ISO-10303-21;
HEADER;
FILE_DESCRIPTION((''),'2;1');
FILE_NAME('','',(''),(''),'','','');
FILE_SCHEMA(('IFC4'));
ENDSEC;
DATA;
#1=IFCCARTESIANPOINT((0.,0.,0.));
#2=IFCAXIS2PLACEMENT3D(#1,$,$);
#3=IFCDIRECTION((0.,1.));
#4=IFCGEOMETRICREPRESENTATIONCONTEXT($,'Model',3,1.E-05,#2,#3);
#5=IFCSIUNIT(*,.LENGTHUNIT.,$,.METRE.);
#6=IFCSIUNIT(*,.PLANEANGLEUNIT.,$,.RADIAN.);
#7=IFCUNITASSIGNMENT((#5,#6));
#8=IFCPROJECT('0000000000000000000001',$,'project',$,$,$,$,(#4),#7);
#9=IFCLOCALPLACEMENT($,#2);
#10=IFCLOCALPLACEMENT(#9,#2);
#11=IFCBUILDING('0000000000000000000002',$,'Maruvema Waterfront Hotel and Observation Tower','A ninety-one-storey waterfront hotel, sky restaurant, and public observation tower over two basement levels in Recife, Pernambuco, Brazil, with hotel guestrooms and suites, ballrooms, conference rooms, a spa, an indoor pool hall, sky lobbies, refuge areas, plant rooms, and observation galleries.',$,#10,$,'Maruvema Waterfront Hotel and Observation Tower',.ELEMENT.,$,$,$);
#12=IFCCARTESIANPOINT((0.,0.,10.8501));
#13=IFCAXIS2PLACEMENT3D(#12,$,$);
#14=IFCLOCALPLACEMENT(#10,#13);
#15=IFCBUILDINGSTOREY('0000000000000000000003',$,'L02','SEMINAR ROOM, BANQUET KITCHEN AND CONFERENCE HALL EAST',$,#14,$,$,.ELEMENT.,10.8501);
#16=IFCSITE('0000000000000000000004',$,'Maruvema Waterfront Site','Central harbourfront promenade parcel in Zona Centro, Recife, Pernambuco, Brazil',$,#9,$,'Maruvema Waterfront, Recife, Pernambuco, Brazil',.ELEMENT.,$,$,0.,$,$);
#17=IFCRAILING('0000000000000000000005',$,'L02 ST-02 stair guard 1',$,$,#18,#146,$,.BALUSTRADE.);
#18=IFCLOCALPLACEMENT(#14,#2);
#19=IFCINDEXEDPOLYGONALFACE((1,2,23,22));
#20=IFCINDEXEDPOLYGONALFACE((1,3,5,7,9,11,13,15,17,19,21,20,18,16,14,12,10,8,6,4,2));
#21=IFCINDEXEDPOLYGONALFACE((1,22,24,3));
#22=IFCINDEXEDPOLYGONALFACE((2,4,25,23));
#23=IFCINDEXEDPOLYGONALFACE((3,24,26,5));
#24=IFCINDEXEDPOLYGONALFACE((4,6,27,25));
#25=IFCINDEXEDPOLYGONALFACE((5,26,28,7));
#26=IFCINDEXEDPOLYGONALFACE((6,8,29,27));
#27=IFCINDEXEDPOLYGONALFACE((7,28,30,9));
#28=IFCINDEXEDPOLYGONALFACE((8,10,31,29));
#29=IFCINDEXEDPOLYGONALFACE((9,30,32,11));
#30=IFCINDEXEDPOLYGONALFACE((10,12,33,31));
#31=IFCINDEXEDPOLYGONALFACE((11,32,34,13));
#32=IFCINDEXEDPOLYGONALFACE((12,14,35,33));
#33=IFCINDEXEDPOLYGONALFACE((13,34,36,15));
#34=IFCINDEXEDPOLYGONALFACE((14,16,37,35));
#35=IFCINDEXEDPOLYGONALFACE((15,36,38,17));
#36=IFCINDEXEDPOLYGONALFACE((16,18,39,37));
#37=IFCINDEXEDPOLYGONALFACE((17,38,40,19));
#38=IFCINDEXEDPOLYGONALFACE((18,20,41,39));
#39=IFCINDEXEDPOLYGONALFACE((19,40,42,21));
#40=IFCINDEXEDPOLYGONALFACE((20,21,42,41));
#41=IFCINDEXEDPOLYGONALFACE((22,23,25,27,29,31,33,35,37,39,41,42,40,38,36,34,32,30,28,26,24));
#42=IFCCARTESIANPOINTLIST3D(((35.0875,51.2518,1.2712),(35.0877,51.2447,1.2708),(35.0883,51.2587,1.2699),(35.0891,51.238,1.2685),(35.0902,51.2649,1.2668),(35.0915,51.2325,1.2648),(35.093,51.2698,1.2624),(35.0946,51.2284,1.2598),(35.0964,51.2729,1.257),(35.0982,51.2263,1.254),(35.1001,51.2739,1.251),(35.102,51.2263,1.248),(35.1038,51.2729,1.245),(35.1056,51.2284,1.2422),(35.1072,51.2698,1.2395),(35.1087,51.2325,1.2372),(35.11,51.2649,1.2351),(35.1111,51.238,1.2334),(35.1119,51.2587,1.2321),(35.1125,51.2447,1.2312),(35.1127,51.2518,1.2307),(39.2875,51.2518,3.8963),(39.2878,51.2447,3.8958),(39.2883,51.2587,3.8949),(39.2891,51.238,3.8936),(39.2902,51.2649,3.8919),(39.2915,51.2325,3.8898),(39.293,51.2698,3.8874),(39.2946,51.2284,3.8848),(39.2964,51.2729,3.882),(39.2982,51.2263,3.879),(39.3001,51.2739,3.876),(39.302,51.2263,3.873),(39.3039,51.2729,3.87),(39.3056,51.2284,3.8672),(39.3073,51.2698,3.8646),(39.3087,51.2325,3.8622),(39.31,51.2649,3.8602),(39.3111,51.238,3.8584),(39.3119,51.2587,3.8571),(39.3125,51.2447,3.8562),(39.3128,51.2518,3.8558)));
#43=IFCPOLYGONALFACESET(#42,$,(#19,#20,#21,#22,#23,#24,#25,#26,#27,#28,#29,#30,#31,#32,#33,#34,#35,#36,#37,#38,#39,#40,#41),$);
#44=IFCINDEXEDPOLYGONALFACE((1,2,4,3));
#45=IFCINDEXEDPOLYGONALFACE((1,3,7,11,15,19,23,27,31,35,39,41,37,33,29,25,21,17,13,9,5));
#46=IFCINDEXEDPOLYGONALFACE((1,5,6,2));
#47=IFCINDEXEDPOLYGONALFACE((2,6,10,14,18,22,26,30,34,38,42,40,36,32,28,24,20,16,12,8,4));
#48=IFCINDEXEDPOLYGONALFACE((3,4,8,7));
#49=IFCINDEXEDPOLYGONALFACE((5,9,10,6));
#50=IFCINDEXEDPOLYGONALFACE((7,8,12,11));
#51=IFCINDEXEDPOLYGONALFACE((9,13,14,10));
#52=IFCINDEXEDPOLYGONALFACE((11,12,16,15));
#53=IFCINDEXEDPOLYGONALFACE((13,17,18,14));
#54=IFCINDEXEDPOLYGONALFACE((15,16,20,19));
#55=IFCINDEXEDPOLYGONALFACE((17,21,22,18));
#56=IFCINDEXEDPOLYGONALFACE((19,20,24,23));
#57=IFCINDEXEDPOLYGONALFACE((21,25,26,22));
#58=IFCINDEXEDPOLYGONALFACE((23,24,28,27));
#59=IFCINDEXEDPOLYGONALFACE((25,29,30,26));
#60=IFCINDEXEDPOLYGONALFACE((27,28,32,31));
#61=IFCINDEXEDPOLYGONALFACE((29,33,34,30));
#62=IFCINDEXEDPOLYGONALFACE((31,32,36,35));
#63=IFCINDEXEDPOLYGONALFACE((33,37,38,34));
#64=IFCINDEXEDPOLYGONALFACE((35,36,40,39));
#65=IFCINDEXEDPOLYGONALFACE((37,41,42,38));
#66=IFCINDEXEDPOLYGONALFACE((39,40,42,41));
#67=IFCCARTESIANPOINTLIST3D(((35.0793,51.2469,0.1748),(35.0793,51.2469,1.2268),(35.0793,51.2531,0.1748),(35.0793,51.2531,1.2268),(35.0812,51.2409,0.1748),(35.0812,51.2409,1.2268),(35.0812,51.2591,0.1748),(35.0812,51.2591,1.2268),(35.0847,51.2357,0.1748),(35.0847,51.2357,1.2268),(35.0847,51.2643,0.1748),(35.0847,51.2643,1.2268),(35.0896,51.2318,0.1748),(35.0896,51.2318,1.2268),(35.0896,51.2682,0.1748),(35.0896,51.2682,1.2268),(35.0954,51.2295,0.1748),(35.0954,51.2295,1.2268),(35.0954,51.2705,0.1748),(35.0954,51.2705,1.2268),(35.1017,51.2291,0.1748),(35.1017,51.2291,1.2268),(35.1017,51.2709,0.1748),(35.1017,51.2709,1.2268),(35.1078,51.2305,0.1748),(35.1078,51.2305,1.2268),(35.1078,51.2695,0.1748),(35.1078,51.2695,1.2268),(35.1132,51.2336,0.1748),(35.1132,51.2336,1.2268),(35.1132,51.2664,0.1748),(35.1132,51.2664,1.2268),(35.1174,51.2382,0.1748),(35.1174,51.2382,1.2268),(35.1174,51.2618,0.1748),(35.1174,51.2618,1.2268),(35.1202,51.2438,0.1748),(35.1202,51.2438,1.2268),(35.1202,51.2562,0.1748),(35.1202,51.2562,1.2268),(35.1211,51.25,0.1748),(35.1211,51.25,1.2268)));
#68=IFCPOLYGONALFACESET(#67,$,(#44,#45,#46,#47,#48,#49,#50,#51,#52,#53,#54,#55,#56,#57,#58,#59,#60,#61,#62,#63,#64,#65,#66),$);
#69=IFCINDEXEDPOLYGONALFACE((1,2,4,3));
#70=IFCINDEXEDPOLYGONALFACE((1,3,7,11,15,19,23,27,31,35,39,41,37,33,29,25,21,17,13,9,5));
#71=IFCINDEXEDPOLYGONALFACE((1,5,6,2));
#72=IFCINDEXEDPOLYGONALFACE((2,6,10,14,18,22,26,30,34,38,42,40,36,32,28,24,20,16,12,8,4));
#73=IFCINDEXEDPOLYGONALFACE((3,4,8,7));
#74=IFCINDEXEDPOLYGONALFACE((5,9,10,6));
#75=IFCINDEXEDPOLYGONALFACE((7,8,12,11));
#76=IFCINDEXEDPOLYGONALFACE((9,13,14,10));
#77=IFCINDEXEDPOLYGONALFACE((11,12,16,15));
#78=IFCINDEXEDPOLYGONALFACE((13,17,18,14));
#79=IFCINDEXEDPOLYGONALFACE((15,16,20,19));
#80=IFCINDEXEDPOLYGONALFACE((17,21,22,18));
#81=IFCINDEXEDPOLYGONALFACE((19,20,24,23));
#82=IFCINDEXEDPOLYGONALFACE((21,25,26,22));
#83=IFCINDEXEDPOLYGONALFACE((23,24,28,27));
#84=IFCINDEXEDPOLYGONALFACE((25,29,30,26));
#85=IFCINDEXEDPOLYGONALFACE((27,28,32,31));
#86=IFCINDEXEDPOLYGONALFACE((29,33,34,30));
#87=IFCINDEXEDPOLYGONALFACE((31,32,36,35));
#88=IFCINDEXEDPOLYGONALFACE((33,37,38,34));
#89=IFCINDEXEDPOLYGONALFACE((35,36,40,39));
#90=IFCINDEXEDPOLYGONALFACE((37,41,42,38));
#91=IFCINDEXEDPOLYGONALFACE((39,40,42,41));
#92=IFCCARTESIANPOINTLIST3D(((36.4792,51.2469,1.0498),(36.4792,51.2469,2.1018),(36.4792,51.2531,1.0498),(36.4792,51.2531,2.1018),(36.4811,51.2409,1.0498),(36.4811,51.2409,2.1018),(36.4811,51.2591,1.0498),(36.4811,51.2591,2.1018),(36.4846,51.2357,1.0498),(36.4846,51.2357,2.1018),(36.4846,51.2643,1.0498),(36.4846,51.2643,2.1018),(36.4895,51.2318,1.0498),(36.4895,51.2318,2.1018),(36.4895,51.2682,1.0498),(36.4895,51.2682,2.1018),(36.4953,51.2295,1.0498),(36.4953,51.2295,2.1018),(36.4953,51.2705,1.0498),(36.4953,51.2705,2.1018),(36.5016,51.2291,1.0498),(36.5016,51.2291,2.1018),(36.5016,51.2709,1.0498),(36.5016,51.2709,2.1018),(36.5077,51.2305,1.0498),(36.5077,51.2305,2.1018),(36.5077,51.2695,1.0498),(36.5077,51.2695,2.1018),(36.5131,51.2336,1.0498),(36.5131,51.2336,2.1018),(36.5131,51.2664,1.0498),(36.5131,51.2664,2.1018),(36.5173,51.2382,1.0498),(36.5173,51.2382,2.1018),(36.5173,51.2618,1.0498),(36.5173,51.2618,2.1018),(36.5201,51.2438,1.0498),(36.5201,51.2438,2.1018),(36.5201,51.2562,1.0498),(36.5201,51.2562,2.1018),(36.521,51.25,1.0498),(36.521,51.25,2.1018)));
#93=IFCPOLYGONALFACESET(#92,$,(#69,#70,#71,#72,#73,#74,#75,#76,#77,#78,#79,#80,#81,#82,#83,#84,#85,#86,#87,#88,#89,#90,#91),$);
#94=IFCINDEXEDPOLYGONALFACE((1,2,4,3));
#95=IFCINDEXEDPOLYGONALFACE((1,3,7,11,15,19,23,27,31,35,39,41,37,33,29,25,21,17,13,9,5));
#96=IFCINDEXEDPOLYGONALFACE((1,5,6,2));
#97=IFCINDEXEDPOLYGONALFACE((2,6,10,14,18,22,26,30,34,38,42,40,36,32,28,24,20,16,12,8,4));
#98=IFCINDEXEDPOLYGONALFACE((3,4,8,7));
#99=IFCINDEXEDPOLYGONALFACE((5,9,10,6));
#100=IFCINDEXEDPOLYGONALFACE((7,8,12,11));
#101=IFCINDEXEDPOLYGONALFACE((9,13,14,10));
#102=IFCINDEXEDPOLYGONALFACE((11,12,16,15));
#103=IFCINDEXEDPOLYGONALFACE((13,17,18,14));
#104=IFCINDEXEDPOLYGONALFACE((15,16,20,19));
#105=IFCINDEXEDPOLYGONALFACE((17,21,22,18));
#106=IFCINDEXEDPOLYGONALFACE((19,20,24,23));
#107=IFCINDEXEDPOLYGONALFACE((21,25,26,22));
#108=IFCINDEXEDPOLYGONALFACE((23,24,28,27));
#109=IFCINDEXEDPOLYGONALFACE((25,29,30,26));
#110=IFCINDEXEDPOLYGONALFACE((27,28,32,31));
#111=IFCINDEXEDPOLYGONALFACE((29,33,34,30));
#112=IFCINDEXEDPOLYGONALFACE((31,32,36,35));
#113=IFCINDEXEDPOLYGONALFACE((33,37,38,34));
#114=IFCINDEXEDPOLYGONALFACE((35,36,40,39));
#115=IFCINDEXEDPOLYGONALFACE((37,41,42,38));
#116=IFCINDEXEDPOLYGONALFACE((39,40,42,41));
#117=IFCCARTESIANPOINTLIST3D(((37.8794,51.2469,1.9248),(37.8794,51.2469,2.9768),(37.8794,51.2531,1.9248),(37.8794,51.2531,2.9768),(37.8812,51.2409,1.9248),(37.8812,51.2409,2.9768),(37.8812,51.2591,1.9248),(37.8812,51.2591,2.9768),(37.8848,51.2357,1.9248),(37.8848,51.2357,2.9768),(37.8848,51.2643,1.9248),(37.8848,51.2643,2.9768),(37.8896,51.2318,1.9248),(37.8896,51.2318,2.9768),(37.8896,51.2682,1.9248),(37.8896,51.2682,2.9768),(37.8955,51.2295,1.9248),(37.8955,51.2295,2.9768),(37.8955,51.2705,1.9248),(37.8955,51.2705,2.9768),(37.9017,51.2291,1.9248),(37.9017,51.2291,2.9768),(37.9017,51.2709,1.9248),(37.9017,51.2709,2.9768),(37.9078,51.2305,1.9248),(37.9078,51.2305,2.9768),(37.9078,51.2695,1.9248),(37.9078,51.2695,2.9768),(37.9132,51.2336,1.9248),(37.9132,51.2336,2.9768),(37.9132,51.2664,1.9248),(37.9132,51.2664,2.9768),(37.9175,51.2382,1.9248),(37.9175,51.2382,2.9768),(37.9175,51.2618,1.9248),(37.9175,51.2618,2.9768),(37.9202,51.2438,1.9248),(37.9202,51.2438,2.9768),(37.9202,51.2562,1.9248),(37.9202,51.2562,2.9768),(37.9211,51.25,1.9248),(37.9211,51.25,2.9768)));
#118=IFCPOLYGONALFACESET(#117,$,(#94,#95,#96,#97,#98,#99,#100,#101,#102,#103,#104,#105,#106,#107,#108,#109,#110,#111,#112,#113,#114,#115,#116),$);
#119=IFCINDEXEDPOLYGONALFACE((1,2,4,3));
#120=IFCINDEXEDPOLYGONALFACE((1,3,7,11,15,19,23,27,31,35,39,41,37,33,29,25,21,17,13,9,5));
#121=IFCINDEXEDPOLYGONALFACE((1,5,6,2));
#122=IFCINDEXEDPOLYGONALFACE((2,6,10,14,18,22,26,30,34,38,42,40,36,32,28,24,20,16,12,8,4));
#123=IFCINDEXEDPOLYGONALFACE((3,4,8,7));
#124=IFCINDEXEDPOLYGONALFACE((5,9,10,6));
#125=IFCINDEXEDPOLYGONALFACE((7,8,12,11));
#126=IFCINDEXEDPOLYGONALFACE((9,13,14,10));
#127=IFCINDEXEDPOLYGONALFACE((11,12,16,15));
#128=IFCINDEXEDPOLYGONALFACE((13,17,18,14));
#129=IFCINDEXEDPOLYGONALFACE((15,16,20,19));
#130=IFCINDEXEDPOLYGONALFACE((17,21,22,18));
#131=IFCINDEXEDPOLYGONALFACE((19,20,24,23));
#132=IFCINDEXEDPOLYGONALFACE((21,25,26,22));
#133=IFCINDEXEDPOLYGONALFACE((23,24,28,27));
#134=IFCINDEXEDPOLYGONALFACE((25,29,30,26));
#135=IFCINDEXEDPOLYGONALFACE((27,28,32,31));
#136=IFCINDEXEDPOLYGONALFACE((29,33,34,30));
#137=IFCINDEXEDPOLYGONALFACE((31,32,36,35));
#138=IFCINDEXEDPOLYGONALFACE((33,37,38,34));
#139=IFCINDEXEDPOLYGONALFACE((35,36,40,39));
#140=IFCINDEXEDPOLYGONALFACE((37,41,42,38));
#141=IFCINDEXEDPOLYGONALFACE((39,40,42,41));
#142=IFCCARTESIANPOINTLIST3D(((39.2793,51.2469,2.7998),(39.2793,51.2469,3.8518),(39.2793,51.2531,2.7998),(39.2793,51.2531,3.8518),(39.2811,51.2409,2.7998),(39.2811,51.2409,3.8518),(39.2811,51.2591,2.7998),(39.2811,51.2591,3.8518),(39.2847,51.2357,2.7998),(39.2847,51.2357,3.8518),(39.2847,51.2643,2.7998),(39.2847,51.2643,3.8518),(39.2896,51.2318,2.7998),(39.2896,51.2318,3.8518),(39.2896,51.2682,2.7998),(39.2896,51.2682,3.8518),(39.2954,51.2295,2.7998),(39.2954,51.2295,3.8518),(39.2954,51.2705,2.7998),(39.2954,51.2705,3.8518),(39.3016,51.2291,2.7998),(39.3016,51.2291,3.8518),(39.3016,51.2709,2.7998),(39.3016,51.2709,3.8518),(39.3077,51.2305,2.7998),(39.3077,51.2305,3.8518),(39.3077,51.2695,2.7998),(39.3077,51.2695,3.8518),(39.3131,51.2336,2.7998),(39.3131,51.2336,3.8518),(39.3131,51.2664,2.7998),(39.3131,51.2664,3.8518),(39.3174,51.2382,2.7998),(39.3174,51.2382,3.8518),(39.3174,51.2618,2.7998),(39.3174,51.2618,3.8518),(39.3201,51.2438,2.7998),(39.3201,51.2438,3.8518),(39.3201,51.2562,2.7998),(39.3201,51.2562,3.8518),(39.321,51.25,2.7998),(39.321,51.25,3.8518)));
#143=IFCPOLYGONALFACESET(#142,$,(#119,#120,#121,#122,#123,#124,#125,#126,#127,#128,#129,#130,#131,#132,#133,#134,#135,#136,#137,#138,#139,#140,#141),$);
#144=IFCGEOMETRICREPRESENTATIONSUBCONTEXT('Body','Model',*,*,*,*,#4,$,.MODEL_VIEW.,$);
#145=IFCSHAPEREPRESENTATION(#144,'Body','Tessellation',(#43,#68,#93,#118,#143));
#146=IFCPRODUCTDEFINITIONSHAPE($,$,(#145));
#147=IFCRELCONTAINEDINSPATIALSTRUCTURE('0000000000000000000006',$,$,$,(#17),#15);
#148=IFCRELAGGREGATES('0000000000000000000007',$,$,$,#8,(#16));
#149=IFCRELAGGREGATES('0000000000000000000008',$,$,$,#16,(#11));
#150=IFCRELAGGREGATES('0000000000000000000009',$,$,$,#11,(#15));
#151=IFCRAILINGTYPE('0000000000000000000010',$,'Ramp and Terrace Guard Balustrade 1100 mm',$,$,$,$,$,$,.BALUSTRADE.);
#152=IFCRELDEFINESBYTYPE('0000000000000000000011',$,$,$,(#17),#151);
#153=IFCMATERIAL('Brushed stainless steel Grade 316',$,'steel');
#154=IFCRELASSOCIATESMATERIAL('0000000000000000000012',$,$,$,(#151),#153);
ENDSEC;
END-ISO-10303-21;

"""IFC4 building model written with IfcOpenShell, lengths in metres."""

from ifc_helpers import new_model, si_unit, direction, frame, origin, origin_2d, place, context, subcontext, project, spatial, circle, extrude, material, type_object, element, save


model = new_model("IFC4")

# Units and contexts
model_context = context("Model", 3, precision=1e-05, world=origin(), true_north=direction((0.0, 1.0)))
body_context = subcontext(model_context, "Body", "Model", "MODEL_VIEW")
ifc_project = project(units=[si_unit("LENGTHUNIT", "METRE"), si_unit("PLANEANGLEUNIT", "RADIAN")], contexts=[model_context])

# Site, building, storey
site_placement = place(None, origin())
site = spatial("IfcSite", under=ifc_project, at=site_placement, Name="Maruvema Waterfront Site", Description="Central harbourfront promenade parcel in Zona Centro, Recife, Pernambuco, Brazil", LongName="Maruvema Waterfront, Recife, Pernambuco, Brazil", CompositionType="ELEMENT", RefElevation=0.0)
building_placement = place(site_placement, origin())
building = spatial("IfcBuilding", under=site, at=building_placement, Name="Maruvema Waterfront Hotel and Observation Tower", Description="A ninety-one-storey waterfront hotel, sky restaurant, and public observation tower over two basement levels in Recife, Pernambuco, Brazil, with hotel guestrooms and suites, ballrooms, conference rooms, a spa, an indoor pool hall, sky lobbies, refuge areas, plant rooms, and observation galleries.", LongName="Maruvema Waterfront Hotel and Observation Tower", CompositionType="ELEMENT")
storey_placement = place(building_placement, frame((0.0, 0.0, 10.8501)))
storey = spatial("IfcBuildingStorey", under=building, at=storey_placement, Name="L02", Description="SEMINAR ROOM, BANQUET KITCHEN AND CONFERENCE HALL EAST", CompositionType="ELEMENT", Elevation=10.8501)

# Railing
ifc_material_1 = material(Name="Brushed stainless steel Grade 316", Category="steel")
railing_type_1 = type_object("IfcRailingType", Name="Ramp and Terrace Guard Balustrade 1100 mm", PredefinedType="BALUSTRADE", material=ifc_material_1)
railing_1_placement = place(storey_placement, frame((35.1001, 51.25, 0.1748)))
element("IfcRailing", 1, at=railing_1_placement, inside=storey, type_object=railing_type_1, Name="L02 ST-02 stair guard 1", PredefinedType="BALUSTRADE", context=body_context, shape_type="SweptSolid", body=[
    extrude(circle(Radius=0.0239, at=origin_2d()), frame((0.0, 0.0, 1.0762), z_axis=(0.847996, 0.0, 0.530003), x_axis=(0.0, 1.0, 0.0)), (0.0, 0.0, 1.0), 4.9529),
    extrude(circle(Radius=0.021, at=origin_2d()), origin(), (0.0, 0.0, 1.0), 1.052),
    extrude(circle(Radius=0.021, at=origin_2d()), frame((1.3999, 0.0, 0.875)), (0.0, 0.0, 1.0), 1.052),
    extrude(circle(Radius=0.021, at=origin_2d()), frame((2.8, 0.0, 1.75)), (0.0, 0.0, 1.0), 1.052),
    extrude(circle(Radius=0.021, at=origin_2d()), frame((4.2, 0.0, 2.625)), (0.0, 0.0, 1.0), 1.052),
])

save(model, "model.ifc")
